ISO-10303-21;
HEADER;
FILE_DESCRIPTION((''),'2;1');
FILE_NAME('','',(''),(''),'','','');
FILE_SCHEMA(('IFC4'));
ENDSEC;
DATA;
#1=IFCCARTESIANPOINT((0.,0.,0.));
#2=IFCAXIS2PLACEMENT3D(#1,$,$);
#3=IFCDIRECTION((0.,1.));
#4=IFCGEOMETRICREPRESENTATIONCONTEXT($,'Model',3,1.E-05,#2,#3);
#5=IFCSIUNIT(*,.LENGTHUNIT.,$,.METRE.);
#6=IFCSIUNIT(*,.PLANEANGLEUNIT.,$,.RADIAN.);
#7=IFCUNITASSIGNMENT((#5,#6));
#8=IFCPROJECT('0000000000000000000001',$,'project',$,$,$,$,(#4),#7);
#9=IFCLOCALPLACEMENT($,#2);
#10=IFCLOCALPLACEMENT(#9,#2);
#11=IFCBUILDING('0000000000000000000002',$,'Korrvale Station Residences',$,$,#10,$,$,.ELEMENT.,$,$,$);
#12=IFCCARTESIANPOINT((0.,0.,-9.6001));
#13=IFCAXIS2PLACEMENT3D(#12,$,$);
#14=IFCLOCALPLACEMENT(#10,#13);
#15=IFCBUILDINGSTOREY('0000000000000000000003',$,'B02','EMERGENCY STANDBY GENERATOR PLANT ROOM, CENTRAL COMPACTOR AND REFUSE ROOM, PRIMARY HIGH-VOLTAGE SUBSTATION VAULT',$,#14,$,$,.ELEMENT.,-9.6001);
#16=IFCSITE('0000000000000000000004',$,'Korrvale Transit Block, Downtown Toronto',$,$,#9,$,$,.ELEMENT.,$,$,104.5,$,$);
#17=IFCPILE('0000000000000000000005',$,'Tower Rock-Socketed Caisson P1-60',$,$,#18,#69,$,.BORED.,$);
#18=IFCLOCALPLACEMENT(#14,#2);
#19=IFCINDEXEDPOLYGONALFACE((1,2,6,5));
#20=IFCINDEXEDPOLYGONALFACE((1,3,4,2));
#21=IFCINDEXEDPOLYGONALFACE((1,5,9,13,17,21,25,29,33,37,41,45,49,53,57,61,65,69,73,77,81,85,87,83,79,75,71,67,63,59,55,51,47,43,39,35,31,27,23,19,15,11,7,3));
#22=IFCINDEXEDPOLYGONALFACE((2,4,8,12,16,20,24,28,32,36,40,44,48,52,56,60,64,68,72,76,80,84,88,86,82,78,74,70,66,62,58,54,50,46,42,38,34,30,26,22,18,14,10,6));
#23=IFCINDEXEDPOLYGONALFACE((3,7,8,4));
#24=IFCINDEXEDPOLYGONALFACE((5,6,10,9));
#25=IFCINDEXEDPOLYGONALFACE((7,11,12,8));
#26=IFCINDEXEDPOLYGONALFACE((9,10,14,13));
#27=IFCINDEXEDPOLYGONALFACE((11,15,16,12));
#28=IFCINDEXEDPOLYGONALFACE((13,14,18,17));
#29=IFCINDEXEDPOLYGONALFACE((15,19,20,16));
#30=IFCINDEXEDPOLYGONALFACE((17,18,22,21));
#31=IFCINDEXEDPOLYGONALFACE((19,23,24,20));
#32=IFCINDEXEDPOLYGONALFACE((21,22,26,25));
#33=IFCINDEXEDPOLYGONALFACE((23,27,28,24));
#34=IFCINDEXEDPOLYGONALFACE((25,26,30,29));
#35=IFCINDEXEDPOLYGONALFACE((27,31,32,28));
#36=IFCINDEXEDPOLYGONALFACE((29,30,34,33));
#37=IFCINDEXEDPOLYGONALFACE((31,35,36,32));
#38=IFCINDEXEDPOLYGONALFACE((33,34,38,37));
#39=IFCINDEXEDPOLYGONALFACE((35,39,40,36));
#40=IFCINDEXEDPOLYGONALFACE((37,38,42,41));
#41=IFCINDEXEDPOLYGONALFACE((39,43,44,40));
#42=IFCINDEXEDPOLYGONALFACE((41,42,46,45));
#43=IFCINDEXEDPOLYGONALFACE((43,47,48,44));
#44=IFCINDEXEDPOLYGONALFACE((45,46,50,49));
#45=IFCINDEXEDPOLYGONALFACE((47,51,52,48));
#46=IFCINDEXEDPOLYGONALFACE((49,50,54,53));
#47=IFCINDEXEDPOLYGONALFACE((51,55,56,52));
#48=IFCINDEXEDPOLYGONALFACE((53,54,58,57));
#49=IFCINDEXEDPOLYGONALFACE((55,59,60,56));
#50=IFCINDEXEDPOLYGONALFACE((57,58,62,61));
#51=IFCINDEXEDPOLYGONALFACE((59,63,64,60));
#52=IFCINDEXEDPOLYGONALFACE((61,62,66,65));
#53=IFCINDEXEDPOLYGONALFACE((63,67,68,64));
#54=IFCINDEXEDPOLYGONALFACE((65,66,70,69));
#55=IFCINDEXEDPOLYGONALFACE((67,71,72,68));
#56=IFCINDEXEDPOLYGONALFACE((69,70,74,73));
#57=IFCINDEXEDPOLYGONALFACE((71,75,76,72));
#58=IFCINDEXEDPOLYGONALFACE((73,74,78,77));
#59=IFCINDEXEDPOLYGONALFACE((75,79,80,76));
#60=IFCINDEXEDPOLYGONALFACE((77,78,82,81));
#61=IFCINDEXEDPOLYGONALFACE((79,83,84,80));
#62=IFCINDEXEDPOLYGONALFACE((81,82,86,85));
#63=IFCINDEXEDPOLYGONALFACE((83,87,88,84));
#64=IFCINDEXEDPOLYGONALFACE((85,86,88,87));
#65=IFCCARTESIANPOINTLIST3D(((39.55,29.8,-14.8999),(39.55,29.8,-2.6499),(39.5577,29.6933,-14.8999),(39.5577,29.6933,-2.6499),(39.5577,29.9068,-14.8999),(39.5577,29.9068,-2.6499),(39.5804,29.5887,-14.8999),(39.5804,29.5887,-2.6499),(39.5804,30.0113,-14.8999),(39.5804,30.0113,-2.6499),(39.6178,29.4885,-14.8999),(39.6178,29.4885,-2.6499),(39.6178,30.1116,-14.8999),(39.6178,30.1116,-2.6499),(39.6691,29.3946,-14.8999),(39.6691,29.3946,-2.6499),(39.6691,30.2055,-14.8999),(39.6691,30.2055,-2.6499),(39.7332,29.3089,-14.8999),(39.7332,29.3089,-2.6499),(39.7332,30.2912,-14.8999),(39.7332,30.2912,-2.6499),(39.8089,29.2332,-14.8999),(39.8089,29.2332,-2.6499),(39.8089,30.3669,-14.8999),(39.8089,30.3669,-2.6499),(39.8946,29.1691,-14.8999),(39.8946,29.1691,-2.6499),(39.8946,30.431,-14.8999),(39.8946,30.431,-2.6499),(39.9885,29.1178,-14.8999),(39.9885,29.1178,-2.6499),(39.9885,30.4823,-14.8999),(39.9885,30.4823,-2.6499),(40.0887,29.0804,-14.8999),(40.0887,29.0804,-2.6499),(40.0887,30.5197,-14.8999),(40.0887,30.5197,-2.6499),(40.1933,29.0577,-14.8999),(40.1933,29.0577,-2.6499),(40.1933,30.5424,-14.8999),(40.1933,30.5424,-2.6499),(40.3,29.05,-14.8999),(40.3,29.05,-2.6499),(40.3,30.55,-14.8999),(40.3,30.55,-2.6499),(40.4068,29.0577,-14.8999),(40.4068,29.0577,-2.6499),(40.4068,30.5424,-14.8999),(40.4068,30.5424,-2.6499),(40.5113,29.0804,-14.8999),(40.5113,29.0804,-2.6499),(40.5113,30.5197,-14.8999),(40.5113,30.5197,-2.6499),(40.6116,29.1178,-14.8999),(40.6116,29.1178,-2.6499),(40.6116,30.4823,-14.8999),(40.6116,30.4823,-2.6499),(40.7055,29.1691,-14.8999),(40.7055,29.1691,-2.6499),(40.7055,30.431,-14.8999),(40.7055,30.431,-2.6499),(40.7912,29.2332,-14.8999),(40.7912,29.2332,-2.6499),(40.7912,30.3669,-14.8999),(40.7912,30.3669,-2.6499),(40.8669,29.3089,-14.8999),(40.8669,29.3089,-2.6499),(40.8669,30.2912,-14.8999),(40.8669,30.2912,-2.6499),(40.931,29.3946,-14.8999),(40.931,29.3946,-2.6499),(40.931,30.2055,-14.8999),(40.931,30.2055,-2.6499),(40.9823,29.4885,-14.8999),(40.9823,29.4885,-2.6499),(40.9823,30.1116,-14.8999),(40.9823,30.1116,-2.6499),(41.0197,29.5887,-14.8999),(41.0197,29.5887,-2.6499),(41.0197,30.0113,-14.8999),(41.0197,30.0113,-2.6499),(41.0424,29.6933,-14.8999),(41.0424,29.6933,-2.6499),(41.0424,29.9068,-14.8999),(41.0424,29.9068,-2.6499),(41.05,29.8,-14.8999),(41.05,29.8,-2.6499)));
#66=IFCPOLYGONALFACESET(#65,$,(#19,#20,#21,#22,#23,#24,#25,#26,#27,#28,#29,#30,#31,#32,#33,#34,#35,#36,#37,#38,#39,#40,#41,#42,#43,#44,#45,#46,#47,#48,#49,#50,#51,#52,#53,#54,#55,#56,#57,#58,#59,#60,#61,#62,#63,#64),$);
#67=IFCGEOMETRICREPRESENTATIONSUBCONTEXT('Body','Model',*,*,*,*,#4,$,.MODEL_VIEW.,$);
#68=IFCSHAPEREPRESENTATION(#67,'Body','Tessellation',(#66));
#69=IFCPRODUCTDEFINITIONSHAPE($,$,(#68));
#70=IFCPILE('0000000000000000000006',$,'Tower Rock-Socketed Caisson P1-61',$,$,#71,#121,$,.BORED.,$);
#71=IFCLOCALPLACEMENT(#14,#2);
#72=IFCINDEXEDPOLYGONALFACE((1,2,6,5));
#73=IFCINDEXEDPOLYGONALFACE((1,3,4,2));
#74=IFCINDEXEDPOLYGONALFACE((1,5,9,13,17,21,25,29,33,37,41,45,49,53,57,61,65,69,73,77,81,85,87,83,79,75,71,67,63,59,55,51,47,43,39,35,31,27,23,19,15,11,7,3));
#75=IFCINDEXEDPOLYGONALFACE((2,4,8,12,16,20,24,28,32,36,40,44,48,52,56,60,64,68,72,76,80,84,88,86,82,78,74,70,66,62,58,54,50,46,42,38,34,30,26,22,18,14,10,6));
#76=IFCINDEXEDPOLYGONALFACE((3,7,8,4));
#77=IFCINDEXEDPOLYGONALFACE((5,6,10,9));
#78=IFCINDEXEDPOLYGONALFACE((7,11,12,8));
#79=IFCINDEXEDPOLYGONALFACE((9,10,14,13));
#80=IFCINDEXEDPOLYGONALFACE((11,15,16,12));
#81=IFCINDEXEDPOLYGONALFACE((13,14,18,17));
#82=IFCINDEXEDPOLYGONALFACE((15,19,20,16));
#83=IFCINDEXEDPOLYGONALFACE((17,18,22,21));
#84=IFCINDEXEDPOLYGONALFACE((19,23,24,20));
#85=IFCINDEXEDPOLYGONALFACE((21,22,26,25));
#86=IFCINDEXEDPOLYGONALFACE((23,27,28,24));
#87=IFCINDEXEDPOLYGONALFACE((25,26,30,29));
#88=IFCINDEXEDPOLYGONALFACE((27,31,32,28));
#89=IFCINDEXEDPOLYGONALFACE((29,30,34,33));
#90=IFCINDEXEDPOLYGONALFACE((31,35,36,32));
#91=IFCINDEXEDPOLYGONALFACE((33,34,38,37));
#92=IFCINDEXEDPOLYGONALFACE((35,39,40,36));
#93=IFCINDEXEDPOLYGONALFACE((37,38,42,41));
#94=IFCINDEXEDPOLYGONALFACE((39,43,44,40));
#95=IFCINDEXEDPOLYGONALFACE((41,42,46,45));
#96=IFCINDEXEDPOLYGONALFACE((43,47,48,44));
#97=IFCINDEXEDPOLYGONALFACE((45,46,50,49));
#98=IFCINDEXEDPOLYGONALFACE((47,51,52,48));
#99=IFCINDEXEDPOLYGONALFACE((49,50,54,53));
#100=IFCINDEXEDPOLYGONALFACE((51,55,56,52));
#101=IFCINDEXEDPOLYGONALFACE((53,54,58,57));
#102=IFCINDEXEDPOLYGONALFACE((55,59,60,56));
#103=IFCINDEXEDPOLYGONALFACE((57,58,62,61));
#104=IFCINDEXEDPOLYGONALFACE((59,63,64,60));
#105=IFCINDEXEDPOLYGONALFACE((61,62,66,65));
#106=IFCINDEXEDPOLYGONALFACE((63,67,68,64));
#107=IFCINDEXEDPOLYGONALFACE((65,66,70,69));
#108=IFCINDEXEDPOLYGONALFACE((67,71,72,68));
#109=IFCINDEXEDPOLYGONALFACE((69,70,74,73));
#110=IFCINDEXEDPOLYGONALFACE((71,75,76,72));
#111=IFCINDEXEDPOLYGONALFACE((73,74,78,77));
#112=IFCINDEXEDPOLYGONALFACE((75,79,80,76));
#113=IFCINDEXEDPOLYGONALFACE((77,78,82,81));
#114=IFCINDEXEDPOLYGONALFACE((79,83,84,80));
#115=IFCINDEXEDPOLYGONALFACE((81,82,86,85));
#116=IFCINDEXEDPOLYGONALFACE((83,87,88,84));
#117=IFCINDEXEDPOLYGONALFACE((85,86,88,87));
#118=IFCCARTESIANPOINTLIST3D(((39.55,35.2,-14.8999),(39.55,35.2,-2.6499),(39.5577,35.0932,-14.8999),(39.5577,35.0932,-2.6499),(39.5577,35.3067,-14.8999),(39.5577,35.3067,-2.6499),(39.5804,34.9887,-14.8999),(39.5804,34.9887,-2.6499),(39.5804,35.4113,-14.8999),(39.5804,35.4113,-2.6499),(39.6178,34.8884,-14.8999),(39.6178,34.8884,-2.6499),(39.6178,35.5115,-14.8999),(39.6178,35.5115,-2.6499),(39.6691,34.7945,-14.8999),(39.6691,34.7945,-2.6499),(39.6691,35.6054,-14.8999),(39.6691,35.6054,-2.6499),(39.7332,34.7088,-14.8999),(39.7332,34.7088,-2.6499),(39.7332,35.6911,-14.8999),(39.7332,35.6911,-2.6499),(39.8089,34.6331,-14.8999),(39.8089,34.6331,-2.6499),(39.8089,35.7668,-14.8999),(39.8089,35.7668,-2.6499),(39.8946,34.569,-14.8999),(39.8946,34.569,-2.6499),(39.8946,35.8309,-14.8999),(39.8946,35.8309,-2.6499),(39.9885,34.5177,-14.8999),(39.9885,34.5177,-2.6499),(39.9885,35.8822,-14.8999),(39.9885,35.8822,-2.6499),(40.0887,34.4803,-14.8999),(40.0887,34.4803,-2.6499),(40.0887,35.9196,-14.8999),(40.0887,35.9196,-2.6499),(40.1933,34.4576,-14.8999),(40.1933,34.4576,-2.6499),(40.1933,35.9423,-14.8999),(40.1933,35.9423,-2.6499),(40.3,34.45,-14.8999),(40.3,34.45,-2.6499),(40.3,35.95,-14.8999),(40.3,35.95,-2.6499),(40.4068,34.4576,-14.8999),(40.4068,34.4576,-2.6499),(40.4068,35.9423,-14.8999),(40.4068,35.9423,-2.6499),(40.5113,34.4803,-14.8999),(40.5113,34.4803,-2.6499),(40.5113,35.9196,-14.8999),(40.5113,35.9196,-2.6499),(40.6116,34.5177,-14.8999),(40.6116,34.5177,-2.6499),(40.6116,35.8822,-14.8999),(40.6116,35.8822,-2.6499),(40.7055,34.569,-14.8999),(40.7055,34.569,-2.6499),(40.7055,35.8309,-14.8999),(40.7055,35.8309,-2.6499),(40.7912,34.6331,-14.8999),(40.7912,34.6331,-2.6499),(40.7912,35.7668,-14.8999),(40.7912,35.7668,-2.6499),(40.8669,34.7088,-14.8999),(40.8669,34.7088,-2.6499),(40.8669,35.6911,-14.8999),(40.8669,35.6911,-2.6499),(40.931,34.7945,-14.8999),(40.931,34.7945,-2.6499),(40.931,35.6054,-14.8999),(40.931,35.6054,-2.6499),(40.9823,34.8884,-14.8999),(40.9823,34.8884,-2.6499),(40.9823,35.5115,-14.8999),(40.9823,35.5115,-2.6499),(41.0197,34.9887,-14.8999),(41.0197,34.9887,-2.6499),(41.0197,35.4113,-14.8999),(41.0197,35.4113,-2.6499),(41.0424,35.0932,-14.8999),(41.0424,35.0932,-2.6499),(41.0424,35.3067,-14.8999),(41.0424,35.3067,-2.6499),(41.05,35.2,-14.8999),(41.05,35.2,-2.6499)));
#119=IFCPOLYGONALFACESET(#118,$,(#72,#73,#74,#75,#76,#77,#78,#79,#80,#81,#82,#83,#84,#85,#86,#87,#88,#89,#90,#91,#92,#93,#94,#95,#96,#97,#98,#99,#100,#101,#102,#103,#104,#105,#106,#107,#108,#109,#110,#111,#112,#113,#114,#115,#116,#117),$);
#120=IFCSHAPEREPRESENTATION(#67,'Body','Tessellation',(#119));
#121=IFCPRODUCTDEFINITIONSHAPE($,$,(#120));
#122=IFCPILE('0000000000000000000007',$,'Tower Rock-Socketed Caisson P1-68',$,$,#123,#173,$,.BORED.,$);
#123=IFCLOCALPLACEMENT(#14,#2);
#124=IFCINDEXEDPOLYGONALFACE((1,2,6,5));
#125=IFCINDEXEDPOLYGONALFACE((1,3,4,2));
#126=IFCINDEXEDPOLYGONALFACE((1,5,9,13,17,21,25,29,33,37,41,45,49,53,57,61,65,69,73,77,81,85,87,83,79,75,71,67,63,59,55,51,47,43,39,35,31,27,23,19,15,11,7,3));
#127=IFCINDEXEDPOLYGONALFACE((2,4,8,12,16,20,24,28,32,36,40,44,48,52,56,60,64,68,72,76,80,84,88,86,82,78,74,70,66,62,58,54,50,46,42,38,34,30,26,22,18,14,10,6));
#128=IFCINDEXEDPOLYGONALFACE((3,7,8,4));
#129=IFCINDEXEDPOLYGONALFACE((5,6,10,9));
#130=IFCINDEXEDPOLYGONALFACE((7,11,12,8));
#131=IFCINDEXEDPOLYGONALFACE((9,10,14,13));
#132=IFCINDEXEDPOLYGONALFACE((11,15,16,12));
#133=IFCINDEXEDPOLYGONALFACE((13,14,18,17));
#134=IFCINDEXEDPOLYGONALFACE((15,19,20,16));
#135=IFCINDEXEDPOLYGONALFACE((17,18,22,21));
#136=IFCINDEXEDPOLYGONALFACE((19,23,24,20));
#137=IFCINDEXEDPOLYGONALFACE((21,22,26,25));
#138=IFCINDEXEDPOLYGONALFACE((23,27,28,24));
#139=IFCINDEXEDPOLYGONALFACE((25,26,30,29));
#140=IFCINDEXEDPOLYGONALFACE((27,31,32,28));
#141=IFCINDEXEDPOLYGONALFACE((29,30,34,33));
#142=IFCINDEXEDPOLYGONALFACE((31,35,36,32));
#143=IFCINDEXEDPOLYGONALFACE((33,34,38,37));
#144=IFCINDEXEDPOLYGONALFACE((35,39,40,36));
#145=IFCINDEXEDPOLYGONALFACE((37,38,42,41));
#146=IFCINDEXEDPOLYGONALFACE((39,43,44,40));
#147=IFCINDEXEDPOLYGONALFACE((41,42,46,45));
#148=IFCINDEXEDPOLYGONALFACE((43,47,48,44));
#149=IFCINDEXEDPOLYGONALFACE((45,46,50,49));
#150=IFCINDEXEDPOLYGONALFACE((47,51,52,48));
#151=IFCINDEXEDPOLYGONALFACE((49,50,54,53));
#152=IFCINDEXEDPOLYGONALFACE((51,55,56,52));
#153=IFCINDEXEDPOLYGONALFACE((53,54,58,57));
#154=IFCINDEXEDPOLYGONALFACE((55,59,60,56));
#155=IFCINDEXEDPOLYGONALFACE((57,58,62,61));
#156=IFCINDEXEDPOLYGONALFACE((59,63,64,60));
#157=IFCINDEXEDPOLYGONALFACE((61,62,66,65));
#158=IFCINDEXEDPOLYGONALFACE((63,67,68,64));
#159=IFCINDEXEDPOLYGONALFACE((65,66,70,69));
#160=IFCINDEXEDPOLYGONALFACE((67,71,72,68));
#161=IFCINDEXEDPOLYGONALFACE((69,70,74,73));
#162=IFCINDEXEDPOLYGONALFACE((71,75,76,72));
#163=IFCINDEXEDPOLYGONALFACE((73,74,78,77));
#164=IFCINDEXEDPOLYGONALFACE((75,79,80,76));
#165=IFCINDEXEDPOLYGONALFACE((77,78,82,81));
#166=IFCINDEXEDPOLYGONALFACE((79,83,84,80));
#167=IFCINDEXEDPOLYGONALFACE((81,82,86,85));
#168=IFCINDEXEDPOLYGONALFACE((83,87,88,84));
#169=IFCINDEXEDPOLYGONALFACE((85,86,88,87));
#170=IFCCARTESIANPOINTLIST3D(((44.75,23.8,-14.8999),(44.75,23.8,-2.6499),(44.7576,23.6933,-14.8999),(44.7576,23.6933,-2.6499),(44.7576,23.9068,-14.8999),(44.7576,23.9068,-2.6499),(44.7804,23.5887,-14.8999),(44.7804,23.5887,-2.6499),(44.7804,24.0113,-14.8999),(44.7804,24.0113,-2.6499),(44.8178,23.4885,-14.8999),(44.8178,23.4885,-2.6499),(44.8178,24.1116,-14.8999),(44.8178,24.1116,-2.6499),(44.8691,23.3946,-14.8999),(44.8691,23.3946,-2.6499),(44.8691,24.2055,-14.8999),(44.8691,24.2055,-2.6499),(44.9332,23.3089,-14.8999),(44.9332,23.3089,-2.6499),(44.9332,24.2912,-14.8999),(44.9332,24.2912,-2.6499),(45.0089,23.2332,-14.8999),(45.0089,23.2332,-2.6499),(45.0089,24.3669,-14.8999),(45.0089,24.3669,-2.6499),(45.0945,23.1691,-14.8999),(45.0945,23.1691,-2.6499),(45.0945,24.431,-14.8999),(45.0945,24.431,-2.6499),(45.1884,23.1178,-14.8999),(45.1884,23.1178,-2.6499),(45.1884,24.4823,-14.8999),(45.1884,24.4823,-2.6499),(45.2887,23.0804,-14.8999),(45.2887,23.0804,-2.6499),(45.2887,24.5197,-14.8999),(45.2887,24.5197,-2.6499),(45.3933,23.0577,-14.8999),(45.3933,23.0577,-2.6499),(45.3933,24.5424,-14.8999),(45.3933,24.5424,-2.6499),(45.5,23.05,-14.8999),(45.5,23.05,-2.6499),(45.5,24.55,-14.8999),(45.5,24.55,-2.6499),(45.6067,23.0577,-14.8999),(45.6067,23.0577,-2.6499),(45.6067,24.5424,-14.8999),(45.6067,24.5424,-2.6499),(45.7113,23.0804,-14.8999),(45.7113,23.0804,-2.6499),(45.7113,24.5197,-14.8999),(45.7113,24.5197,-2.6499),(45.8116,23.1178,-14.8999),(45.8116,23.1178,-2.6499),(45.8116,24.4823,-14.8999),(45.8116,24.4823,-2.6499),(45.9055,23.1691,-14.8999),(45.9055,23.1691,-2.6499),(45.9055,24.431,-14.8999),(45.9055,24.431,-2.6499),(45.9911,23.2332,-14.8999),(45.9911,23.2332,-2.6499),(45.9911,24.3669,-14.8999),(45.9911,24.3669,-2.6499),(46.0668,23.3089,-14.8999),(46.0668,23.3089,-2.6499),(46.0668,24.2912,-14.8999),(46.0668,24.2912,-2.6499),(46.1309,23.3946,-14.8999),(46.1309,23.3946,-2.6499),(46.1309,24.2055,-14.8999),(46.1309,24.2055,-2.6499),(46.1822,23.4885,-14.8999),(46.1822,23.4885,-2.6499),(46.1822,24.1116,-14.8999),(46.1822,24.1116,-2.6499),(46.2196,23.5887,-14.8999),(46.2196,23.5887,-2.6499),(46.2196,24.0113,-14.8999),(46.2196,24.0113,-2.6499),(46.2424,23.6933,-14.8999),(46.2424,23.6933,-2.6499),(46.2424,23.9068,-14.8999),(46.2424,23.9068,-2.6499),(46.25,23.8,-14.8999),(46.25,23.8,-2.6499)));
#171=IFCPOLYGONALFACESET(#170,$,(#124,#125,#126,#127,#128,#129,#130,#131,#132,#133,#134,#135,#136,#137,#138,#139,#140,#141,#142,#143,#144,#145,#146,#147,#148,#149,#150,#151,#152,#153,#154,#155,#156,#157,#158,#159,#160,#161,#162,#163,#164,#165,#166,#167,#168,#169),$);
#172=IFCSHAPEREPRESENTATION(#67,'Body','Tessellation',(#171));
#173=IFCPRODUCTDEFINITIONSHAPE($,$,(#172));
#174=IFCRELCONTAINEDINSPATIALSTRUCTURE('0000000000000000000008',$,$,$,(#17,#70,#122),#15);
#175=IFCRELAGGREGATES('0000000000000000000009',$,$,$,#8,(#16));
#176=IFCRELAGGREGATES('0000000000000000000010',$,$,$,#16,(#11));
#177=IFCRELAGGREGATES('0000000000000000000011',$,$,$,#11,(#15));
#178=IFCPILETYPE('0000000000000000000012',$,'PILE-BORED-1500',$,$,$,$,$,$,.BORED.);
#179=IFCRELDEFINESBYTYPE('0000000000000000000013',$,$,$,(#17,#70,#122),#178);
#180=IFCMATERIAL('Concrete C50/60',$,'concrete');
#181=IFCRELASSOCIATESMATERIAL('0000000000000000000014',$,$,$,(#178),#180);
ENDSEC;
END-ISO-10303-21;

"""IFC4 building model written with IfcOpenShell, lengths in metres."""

from ifc_helpers import new_model, si_unit, direction, frame, origin, origin_2d, place, context, subcontext, project, spatial, circle, extrude, material, material_profile, profile_set, type_object, element, save


model = new_model("IFC4")

# Units and contexts
model_context = context("Model", 3, precision=1e-05, world=origin(), true_north=direction((0.0, 1.0)))
body_context = subcontext(model_context, "Body", "Model", "MODEL_VIEW")
ifc_project = project(units=[si_unit("LENGTHUNIT", "METRE"), si_unit("PLANEANGLEUNIT", "RADIAN")], contexts=[model_context])

# Site, building, storey
site_placement = place(None, origin())
site = spatial("IfcSite", under=ifc_project, at=site_placement, Name="Korrvale Transit Block, Downtown Toronto", CompositionType="ELEMENT", RefElevation=104.5)
building_placement = place(site_placement, origin())
building = spatial("IfcBuilding", under=site, at=building_placement, Name="Korrvale Station Residences", CompositionType="ELEMENT")
storey_placement = place(building_placement, frame((0.0, 0.0, -9.6001)))
storey = spatial("IfcBuildingStorey", under=building, at=storey_placement, Name="B02", Description="EMERGENCY STANDBY GENERATOR PLANT ROOM, CENTRAL COMPACTOR AND REFUSE ROOM, PRIMARY HIGH-VOLTAGE SUBSTATION VAULT", CompositionType="ELEMENT", Elevation=-9.6001)

# Piles
ifc_material_1 = material(Name="Concrete C50/60", Category="concrete")
ifc_material_profile_1 = material_profile(ifc_material_1, circle(Radius=0.75, at=origin_2d()), Name="PILE1500")
ifc_profile_set_1 = profile_set([ifc_material_profile_1], Name="Concrete C50/60")
pile_type_1 = type_object("IfcPileType", Name="PILE-BORED-1500", PredefinedType="BORED", material=ifc_profile_set_1)
for number, where, z_axis, x_axis, name in (
    (1, (40.3, 29.8, -2.6499), (0.0, 0.0, -1.0), (1.0, 0.0, 0.0), "Tower Rock-Socketed Caisson P1-60"),
    (2, (40.3, 35.2, -2.6499), (0.0, 0.0, -1.0), (1.0, 0.0, 0.0), "Tower Rock-Socketed Caisson P1-61"),
    (3, (45.5, 23.8, -2.6499), (0.0, 0.0, -1.0), (1.0, 0.0, 0.0), "Tower Rock-Socketed Caisson P1-68"),
):
    element("IfcPile", number, at=place(storey_placement, frame(where, z_axis=z_axis, x_axis=x_axis)), inside=storey, type_object=pile_type_1, Name=name, PredefinedType="BORED", context=body_context, shape_type="SweptSolid", body=[
        extrude(circle(Radius=0.75, at=origin_2d()), origin(), (0.0, 0.0, 1.0), 12.25),
    ])

save(model, "model.ifc")
